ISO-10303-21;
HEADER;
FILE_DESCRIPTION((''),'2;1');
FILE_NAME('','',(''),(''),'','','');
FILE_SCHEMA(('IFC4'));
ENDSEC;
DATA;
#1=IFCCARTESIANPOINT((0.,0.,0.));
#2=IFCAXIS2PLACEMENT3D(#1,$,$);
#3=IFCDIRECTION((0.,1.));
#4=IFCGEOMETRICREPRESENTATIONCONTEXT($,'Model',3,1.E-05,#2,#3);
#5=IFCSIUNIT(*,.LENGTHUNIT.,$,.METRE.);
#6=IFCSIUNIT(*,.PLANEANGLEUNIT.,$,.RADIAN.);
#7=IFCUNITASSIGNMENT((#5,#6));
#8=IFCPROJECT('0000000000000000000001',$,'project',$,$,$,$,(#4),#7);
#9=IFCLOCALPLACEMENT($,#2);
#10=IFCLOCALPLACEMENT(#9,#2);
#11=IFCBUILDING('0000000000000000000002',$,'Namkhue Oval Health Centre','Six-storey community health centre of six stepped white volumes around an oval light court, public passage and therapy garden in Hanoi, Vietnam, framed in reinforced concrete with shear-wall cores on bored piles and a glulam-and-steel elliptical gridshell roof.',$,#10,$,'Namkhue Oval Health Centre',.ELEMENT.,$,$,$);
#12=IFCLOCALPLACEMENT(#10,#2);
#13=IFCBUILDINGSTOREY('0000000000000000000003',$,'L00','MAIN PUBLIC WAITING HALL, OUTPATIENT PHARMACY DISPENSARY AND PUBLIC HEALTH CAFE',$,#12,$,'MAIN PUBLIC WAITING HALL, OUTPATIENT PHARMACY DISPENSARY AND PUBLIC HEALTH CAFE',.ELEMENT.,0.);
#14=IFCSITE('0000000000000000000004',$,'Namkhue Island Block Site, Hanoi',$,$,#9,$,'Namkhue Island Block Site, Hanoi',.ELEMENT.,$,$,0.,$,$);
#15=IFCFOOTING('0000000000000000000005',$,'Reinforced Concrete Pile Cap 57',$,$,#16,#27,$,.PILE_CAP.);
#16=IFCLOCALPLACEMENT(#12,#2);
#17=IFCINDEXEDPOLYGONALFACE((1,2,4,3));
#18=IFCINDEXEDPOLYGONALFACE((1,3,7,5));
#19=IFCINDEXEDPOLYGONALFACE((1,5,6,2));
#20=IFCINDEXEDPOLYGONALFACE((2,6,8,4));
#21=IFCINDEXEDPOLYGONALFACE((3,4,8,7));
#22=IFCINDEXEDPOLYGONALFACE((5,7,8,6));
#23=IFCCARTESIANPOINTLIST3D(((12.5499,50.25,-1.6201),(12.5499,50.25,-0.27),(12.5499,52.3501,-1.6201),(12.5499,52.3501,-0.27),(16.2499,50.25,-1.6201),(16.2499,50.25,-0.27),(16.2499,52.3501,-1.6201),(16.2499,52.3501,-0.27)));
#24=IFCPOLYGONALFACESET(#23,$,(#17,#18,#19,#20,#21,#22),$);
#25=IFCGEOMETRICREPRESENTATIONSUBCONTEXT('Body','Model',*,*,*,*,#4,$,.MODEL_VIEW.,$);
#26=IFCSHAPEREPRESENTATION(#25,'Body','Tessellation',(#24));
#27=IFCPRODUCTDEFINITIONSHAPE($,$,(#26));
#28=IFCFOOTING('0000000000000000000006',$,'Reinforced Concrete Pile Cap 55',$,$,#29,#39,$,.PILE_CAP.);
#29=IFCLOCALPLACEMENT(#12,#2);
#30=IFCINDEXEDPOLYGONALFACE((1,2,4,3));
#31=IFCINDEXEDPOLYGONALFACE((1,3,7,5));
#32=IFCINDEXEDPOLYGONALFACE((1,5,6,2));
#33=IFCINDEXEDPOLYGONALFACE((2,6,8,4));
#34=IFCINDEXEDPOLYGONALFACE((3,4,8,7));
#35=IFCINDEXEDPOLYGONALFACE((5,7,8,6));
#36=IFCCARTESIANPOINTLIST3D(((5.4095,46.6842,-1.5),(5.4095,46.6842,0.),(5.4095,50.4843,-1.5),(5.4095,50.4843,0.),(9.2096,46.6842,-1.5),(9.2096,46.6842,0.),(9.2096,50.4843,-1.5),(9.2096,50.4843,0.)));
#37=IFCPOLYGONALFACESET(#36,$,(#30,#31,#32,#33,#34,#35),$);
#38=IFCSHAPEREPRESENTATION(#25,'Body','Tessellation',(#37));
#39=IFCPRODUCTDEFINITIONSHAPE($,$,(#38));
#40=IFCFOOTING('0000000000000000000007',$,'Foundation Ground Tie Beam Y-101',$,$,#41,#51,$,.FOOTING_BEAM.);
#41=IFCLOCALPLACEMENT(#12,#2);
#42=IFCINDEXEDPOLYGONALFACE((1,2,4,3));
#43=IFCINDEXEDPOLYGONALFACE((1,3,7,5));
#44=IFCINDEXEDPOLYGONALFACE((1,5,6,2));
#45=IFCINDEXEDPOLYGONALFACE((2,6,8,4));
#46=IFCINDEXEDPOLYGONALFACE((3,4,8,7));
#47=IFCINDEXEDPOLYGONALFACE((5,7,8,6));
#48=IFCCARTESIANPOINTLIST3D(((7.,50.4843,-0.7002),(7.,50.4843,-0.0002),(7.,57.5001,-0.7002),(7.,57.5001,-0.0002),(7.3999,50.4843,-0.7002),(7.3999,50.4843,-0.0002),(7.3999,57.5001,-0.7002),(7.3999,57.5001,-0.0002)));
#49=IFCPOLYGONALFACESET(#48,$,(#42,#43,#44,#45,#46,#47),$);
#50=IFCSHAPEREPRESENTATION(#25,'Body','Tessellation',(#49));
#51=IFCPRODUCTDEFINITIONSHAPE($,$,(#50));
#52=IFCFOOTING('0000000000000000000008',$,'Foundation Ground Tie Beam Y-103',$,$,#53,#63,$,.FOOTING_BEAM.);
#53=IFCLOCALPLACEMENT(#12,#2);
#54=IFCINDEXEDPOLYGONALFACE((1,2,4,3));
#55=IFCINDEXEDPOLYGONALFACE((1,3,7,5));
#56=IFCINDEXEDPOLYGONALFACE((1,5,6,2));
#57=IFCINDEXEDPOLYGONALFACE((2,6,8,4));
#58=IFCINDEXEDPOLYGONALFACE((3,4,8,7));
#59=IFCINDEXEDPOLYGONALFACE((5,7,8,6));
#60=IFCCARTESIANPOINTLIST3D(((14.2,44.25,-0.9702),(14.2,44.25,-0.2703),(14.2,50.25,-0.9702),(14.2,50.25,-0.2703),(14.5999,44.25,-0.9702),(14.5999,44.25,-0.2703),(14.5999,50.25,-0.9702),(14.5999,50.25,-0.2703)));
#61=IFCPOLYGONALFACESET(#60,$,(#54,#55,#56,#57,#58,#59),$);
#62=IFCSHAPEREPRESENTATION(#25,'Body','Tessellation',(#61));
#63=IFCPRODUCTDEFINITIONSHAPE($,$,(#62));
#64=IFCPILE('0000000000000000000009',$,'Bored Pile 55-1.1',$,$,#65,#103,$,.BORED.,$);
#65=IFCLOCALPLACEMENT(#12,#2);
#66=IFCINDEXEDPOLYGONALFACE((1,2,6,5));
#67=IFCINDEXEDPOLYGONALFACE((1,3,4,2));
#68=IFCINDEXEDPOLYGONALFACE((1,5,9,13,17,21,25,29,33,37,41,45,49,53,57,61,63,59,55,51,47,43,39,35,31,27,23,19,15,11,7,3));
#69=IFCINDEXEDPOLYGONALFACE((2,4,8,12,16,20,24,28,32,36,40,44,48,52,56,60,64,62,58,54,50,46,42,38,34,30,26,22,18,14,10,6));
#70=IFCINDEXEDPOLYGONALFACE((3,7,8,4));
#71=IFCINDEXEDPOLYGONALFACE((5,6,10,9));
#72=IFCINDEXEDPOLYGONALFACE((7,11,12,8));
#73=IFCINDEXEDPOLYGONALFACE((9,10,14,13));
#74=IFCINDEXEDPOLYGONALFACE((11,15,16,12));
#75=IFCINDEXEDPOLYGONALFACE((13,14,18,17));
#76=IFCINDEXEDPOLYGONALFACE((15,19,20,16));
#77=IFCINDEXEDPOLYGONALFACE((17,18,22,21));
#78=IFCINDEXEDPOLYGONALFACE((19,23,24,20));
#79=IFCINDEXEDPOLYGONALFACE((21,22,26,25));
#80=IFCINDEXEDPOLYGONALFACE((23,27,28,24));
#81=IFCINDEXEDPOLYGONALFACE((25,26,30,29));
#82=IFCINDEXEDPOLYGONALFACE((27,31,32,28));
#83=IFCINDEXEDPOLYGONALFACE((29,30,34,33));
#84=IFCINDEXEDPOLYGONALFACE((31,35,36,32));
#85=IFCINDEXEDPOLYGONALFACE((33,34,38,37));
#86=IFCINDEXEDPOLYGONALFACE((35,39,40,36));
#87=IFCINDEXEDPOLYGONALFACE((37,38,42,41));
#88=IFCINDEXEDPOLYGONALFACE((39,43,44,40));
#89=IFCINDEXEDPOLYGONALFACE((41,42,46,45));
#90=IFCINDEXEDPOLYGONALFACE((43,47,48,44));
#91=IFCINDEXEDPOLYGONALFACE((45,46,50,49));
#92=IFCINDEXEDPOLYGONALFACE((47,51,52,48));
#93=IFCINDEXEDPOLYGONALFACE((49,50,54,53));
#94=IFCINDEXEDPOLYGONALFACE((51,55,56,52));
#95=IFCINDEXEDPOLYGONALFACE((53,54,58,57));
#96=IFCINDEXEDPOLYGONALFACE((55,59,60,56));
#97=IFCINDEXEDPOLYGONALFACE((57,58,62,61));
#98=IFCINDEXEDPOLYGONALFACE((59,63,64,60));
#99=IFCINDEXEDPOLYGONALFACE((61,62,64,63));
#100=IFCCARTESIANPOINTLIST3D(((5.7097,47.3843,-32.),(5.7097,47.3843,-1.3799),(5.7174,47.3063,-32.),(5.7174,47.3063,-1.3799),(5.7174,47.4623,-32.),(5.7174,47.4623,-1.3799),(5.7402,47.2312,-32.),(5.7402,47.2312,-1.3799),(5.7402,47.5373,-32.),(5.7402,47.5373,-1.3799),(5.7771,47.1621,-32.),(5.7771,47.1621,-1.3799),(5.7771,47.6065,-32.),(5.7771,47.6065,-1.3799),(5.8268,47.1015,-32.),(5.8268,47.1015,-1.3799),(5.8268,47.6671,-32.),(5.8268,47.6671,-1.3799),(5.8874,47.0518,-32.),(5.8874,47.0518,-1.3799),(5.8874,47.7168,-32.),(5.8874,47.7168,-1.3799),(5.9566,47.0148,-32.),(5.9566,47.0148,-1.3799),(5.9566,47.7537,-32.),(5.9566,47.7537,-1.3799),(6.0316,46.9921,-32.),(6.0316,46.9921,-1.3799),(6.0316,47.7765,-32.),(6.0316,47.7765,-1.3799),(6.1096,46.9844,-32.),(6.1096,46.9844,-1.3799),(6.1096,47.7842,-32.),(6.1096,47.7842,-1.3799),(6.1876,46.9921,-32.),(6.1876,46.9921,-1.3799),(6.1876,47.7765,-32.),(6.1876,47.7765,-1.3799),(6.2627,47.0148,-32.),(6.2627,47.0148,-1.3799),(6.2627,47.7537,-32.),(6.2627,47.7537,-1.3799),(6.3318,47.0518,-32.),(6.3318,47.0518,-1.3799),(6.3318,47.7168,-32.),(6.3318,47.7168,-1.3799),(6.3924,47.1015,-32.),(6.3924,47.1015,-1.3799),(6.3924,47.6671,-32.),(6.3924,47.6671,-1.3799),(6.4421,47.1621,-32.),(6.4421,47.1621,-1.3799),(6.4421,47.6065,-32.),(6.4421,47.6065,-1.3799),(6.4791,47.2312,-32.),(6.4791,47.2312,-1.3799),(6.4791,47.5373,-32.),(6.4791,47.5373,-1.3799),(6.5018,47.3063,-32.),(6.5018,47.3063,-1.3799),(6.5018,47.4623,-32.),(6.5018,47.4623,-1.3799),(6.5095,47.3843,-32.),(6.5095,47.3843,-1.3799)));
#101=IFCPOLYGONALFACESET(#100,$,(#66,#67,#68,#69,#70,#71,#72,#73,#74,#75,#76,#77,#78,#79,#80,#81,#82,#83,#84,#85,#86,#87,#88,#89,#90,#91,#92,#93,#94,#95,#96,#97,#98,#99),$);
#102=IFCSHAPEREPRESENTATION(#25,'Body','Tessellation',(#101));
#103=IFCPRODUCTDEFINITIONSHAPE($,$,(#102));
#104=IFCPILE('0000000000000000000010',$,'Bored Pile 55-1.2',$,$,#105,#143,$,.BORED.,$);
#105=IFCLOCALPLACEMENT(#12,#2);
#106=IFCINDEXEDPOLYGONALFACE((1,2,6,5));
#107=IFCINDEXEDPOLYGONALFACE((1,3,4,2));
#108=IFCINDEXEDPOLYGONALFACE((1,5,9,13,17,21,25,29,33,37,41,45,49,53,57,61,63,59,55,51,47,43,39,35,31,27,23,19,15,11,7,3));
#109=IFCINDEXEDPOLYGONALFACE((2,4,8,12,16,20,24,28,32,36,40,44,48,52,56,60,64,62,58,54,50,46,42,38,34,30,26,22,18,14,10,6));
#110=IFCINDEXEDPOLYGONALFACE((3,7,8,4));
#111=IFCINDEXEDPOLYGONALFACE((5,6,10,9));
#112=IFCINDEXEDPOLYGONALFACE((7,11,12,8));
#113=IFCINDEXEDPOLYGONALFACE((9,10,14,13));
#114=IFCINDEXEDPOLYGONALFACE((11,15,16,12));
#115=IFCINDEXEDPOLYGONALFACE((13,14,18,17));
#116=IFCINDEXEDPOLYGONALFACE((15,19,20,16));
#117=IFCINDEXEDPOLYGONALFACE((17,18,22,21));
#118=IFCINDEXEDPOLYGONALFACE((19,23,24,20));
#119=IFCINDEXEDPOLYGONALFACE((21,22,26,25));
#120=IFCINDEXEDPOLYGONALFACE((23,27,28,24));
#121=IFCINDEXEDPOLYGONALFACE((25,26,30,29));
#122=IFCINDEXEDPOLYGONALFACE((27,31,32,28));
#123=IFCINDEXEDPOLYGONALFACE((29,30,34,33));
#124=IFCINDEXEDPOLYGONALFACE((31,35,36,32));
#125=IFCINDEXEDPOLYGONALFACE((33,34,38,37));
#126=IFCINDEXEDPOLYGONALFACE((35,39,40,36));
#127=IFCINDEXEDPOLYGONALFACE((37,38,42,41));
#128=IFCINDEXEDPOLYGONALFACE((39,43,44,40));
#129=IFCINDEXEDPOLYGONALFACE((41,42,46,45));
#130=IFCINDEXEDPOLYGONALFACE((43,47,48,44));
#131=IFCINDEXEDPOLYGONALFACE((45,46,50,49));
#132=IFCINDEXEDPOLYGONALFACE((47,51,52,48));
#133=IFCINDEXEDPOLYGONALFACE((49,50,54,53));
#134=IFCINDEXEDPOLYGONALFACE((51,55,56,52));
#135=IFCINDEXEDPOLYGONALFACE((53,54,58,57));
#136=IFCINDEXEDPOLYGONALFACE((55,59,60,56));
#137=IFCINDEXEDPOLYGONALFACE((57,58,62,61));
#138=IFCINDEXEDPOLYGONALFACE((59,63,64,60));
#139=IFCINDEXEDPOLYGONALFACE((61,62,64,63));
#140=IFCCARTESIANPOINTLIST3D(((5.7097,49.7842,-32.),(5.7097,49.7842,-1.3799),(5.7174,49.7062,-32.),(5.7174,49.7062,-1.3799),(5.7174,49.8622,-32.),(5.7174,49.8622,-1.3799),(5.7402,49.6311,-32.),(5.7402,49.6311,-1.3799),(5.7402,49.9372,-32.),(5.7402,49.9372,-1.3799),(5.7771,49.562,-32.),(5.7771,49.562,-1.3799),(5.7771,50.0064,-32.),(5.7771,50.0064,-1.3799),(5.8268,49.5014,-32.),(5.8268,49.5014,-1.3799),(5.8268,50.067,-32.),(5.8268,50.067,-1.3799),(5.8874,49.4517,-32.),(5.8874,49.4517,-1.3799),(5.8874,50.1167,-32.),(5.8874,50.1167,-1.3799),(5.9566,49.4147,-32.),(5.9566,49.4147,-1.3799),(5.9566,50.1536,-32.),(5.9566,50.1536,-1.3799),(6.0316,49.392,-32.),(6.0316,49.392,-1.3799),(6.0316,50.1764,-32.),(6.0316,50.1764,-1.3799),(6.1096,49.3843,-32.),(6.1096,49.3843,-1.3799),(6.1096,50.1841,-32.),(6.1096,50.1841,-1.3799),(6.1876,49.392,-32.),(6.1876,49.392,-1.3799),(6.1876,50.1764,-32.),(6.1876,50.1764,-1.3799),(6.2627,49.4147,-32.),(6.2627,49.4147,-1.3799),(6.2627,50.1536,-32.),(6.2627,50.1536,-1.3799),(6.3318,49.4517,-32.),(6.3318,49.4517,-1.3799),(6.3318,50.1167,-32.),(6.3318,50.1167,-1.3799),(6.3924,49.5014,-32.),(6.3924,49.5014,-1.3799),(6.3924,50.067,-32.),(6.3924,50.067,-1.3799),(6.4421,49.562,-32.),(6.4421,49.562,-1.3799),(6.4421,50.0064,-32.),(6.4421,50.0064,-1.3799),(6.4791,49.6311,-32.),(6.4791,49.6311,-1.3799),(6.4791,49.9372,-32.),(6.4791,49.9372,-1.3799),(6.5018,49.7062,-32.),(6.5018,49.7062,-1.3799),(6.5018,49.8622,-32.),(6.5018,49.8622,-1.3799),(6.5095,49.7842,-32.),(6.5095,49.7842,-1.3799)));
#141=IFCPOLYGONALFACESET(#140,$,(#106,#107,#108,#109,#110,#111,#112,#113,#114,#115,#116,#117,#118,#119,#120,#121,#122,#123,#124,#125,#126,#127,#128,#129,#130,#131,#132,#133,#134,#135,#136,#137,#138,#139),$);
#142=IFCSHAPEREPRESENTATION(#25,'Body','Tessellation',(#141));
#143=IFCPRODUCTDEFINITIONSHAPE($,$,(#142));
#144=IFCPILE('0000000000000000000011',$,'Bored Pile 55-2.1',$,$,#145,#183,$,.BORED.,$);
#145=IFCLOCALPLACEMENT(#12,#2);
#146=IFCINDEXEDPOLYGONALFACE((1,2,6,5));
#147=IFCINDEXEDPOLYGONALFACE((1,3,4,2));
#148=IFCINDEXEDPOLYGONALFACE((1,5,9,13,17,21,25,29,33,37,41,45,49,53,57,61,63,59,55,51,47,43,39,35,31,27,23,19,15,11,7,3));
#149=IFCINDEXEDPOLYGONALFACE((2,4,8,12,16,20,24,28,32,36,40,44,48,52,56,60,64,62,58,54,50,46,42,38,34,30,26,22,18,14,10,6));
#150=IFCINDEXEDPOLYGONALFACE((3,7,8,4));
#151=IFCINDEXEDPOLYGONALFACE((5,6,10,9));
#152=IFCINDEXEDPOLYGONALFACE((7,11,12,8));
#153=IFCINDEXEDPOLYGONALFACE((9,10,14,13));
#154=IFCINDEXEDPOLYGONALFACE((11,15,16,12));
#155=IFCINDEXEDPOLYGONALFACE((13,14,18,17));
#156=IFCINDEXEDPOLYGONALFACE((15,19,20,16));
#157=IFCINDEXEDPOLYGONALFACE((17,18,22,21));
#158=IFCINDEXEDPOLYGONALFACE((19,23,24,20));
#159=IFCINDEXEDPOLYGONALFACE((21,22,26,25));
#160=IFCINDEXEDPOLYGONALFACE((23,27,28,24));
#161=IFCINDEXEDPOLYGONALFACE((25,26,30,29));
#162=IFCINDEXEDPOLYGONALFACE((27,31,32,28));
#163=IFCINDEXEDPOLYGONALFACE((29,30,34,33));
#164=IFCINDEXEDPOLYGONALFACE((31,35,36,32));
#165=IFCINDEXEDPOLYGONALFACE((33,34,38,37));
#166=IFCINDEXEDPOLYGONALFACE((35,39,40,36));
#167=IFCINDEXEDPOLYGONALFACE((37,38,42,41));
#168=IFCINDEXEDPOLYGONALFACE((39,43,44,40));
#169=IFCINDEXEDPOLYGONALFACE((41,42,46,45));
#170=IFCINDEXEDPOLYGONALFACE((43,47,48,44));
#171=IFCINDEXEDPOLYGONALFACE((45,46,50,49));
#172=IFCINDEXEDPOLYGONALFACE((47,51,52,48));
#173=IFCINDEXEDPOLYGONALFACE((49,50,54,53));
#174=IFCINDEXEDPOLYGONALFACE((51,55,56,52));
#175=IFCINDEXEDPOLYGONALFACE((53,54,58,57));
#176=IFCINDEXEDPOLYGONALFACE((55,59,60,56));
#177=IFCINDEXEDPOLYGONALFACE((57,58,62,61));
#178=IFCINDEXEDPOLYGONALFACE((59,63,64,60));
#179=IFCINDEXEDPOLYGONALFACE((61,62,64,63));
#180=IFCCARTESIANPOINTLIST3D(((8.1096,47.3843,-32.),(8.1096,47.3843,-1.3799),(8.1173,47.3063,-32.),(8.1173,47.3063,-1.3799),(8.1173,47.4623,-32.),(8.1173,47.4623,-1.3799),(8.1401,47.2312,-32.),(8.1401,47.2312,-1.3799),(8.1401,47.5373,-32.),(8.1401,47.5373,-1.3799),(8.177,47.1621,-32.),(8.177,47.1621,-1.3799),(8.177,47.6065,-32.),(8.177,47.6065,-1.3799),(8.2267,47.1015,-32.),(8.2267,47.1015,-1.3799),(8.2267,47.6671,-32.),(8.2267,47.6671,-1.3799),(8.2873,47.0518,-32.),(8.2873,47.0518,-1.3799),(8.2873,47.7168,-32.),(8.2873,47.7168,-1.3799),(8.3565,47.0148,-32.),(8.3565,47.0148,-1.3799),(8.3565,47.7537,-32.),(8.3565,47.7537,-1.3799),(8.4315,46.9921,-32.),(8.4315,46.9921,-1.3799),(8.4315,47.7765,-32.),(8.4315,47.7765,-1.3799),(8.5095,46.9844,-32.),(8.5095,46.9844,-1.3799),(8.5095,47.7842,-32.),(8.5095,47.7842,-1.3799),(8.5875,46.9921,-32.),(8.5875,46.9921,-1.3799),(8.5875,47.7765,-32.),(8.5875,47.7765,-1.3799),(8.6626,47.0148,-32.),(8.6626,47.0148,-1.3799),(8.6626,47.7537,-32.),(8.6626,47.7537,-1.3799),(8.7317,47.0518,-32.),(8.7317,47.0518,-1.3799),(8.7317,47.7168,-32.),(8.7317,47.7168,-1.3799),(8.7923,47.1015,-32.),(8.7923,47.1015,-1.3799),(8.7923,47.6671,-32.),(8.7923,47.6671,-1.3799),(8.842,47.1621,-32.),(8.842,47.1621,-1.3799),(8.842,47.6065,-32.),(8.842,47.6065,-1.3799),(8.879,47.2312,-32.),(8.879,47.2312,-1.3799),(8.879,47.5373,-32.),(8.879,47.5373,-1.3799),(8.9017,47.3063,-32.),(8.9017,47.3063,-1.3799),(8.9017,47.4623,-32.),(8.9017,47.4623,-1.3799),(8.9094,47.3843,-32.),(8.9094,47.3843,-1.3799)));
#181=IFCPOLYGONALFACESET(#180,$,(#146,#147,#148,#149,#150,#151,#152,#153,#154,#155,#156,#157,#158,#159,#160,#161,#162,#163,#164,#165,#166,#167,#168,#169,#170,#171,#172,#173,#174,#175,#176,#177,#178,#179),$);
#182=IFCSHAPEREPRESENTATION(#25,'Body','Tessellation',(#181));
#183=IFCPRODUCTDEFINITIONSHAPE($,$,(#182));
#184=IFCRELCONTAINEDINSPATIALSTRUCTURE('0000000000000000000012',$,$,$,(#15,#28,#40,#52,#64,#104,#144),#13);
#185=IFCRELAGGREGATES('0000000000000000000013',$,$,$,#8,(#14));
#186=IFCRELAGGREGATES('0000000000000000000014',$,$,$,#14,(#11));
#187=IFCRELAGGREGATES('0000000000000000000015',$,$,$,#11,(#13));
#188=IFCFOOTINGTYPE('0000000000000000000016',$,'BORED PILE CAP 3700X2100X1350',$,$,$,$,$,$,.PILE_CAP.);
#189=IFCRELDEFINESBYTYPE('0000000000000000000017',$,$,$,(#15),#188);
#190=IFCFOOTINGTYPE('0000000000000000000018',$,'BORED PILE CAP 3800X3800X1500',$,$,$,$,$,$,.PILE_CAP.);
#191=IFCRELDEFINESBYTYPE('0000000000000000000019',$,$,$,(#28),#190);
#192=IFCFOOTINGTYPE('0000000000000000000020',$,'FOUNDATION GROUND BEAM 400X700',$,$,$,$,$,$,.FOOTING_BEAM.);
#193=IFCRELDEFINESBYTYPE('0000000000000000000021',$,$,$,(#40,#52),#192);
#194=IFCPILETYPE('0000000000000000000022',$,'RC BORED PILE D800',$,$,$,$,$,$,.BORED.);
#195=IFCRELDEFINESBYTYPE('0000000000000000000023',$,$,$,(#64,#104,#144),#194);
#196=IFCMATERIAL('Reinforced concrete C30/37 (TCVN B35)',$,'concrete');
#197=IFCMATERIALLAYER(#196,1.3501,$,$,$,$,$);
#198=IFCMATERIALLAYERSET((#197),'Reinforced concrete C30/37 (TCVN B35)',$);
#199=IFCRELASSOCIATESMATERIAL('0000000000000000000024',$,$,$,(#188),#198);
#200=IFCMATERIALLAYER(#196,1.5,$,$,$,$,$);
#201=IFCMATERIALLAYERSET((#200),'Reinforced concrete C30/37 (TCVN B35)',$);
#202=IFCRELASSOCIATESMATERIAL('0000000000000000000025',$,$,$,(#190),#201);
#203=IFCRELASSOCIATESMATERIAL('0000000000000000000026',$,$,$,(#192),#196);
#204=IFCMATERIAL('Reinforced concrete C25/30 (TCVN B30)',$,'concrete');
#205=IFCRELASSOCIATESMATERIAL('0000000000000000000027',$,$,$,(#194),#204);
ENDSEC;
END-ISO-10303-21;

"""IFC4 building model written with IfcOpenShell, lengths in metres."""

from ifc_helpers import new_model, si_unit, direction, frame, origin, origin_2d, place, context, subcontext, project, spatial, rectangle, circle, extrude, material, layer, layer_set, material_profile, profile_set, type_object, element, save


model = new_model("IFC4")

# Units and contexts
model_context = context("Model", 3, precision=1e-05, world=origin(), true_north=direction((0.0, 1.0)))
body_context = subcontext(model_context, "Body", "Model", "MODEL_VIEW")
ifc_project = project(units=[si_unit("LENGTHUNIT", "METRE"), si_unit("PLANEANGLEUNIT", "RADIAN")], contexts=[model_context])

# Site, building, storey
site_placement = place(None, origin())
site = spatial("IfcSite", under=ifc_project, at=site_placement, Name="Namkhue Island Block Site, Hanoi", LongName="Namkhue Island Block Site, Hanoi", CompositionType="ELEMENT", RefElevation=0.0)
building_placement = place(site_placement, origin())
building = spatial("IfcBuilding", under=site, at=building_placement, Name="Namkhue Oval Health Centre", Description="Six-storey community health centre of six stepped white volumes around an oval light court, public passage and therapy garden in Hanoi, Vietnam, framed in reinforced concrete with shear-wall cores on bored piles and a glulam-and-steel elliptical gridshell roof.", LongName="Namkhue Oval Health Centre", CompositionType="ELEMENT")
storey_placement = place(building_placement, origin())
storey = spatial("IfcBuildingStorey", under=building, at=storey_placement, Name="L00", Description="MAIN PUBLIC WAITING HALL, OUTPATIENT PHARMACY DISPENSARY AND PUBLIC HEALTH CAFE", LongName="MAIN PUBLIC WAITING HALL, OUTPATIENT PHARMACY DISPENSARY AND PUBLIC HEALTH CAFE", CompositionType="ELEMENT", Elevation=0.0)

# Footings
ifc_material_1 = material(Name="Reinforced concrete C30/37 (TCVN B35)", Category="concrete")
ifc_layer_1 = layer(ifc_material_1, 1.3501)
ifc_layer_set_1 = layer_set([ifc_layer_1], Name="Reinforced concrete C30/37 (TCVN B35)")
footing_type_1 = type_object("IfcFootingType", Name="BORED PILE CAP 3700X2100X1350", PredefinedType="PILE_CAP", material=ifc_layer_set_1)
footing_1_placement = place(storey_placement, frame((14.3999, 51.3, -1.6201), z_axis=(0.0, 0.0, 1.0), x_axis=(1.0, 0.0, 0.0)))
element("IfcFooting", 1, at=footing_1_placement, inside=storey, type_object=footing_type_1, Name="Reinforced Concrete Pile Cap 57", PredefinedType="PILE_CAP", context=body_context, shape_type="SweptSolid", body=[
    extrude(rectangle(XDim=3.7, YDim=2.1001, at=origin_2d()), origin(), (0.0, 0.0, 1.0), 1.3501),
])
ifc_layer_2 = layer(ifc_material_1, 1.5)
ifc_layer_set_2 = layer_set([ifc_layer_2], Name="Reinforced concrete C30/37 (TCVN B35)")
footing_type_2 = type_object("IfcFootingType", Name="BORED PILE CAP 3800X3800X1500", PredefinedType="PILE_CAP", material=ifc_layer_set_2)
footing_2_placement = place(storey_placement, frame((7.3096, 48.5842, -1.5), z_axis=(0.0, 0.0, 1.0), x_axis=(1.0, 0.0, 0.0)))
element("IfcFooting", 2, at=footing_2_placement, inside=storey, type_object=footing_type_2, Name="Reinforced Concrete Pile Cap 55", PredefinedType="PILE_CAP", context=body_context, shape_type="SweptSolid", body=[
    extrude(rectangle(XDim=3.8, YDim=3.8, at=origin_2d()), origin(), (0.0, 0.0, 1.0), 1.5),
])
footing_type_3 = type_object("IfcFootingType", Name="FOUNDATION GROUND BEAM 400X700", PredefinedType="FOOTING_BEAM", material=ifc_material_1)
footing_3_placement = place(storey_placement, frame((7.2, 53.9922, -0.7002), z_axis=(0.0, 0.0, 1.0), x_axis=(0.0, 1.0, 0.0)))
element("IfcFooting", 3, at=footing_3_placement, inside=storey, type_object=footing_type_3, Name="Foundation Ground Tie Beam Y-101", PredefinedType="FOOTING_BEAM", context=body_context, shape_type="SweptSolid", body=[
    extrude(rectangle(XDim=7.0159, YDim=0.3999, at=origin_2d()), origin(), (0.0, 0.0, 1.0), 0.7),
])
footing_4_placement = place(storey_placement, frame((14.3999, 47.25, -0.9702), z_axis=(0.0, 0.0, 1.0), x_axis=(0.0, 1.0, 0.0)))
element("IfcFooting", 4, at=footing_4_placement, inside=storey, type_object=footing_type_3, Name="Foundation Ground Tie Beam Y-103", PredefinedType="FOOTING_BEAM", context=body_context, shape_type="SweptSolid", body=[
    extrude(rectangle(XDim=6.0, YDim=0.3999, at=origin_2d()), origin(), (0.0, 0.0, 1.0), 0.7),
])

# Piles
ifc_material_2 = material(Name="Reinforced concrete C25/30 (TCVN B30)", Category="concrete")
ifc_material_profile_1 = material_profile(ifc_material_2, circle(Radius=0.3999, at=origin_2d()), Name="BORED PILE D800")
ifc_profile_set_1 = profile_set([ifc_material_profile_1], Name="Reinforced concrete C25/30 (TCVN B30)")
pile_type = type_object("IfcPileType", Name="RC BORED PILE D800", PredefinedType="BORED", material=ifc_profile_set_1)
for number, where, z_axis, x_axis, name in (
    (5, (6.1096, 47.3843, -1.3799), (0.0, 0.0, -1.0), (1.0, 0.0, 0.0), "Bored Pile 55-1.1"),
    (6, (6.1096, 49.7842, -1.3799), (0.0, 0.0, -1.0), (1.0, 0.0, 0.0), "Bored Pile 55-1.2"),
    (7, (8.5095, 47.3843, -1.3799), (0.0, 0.0, -1.0), (1.0, 0.0, 0.0), "Bored Pile 55-2.1"),
):
    element("IfcPile", number, at=place(storey_placement, frame(where, z_axis=z_axis, x_axis=x_axis)), inside=storey, type_object=pile_type, Name=name, PredefinedType="BORED", context=body_context, shape_type="SweptSolid", body=[
        extrude(circle(Radius=0.3999, at=origin_2d()), origin(), (0.0, 0.0, 1.0), 30.6201),
    ])

save(model, "model.ifc")
